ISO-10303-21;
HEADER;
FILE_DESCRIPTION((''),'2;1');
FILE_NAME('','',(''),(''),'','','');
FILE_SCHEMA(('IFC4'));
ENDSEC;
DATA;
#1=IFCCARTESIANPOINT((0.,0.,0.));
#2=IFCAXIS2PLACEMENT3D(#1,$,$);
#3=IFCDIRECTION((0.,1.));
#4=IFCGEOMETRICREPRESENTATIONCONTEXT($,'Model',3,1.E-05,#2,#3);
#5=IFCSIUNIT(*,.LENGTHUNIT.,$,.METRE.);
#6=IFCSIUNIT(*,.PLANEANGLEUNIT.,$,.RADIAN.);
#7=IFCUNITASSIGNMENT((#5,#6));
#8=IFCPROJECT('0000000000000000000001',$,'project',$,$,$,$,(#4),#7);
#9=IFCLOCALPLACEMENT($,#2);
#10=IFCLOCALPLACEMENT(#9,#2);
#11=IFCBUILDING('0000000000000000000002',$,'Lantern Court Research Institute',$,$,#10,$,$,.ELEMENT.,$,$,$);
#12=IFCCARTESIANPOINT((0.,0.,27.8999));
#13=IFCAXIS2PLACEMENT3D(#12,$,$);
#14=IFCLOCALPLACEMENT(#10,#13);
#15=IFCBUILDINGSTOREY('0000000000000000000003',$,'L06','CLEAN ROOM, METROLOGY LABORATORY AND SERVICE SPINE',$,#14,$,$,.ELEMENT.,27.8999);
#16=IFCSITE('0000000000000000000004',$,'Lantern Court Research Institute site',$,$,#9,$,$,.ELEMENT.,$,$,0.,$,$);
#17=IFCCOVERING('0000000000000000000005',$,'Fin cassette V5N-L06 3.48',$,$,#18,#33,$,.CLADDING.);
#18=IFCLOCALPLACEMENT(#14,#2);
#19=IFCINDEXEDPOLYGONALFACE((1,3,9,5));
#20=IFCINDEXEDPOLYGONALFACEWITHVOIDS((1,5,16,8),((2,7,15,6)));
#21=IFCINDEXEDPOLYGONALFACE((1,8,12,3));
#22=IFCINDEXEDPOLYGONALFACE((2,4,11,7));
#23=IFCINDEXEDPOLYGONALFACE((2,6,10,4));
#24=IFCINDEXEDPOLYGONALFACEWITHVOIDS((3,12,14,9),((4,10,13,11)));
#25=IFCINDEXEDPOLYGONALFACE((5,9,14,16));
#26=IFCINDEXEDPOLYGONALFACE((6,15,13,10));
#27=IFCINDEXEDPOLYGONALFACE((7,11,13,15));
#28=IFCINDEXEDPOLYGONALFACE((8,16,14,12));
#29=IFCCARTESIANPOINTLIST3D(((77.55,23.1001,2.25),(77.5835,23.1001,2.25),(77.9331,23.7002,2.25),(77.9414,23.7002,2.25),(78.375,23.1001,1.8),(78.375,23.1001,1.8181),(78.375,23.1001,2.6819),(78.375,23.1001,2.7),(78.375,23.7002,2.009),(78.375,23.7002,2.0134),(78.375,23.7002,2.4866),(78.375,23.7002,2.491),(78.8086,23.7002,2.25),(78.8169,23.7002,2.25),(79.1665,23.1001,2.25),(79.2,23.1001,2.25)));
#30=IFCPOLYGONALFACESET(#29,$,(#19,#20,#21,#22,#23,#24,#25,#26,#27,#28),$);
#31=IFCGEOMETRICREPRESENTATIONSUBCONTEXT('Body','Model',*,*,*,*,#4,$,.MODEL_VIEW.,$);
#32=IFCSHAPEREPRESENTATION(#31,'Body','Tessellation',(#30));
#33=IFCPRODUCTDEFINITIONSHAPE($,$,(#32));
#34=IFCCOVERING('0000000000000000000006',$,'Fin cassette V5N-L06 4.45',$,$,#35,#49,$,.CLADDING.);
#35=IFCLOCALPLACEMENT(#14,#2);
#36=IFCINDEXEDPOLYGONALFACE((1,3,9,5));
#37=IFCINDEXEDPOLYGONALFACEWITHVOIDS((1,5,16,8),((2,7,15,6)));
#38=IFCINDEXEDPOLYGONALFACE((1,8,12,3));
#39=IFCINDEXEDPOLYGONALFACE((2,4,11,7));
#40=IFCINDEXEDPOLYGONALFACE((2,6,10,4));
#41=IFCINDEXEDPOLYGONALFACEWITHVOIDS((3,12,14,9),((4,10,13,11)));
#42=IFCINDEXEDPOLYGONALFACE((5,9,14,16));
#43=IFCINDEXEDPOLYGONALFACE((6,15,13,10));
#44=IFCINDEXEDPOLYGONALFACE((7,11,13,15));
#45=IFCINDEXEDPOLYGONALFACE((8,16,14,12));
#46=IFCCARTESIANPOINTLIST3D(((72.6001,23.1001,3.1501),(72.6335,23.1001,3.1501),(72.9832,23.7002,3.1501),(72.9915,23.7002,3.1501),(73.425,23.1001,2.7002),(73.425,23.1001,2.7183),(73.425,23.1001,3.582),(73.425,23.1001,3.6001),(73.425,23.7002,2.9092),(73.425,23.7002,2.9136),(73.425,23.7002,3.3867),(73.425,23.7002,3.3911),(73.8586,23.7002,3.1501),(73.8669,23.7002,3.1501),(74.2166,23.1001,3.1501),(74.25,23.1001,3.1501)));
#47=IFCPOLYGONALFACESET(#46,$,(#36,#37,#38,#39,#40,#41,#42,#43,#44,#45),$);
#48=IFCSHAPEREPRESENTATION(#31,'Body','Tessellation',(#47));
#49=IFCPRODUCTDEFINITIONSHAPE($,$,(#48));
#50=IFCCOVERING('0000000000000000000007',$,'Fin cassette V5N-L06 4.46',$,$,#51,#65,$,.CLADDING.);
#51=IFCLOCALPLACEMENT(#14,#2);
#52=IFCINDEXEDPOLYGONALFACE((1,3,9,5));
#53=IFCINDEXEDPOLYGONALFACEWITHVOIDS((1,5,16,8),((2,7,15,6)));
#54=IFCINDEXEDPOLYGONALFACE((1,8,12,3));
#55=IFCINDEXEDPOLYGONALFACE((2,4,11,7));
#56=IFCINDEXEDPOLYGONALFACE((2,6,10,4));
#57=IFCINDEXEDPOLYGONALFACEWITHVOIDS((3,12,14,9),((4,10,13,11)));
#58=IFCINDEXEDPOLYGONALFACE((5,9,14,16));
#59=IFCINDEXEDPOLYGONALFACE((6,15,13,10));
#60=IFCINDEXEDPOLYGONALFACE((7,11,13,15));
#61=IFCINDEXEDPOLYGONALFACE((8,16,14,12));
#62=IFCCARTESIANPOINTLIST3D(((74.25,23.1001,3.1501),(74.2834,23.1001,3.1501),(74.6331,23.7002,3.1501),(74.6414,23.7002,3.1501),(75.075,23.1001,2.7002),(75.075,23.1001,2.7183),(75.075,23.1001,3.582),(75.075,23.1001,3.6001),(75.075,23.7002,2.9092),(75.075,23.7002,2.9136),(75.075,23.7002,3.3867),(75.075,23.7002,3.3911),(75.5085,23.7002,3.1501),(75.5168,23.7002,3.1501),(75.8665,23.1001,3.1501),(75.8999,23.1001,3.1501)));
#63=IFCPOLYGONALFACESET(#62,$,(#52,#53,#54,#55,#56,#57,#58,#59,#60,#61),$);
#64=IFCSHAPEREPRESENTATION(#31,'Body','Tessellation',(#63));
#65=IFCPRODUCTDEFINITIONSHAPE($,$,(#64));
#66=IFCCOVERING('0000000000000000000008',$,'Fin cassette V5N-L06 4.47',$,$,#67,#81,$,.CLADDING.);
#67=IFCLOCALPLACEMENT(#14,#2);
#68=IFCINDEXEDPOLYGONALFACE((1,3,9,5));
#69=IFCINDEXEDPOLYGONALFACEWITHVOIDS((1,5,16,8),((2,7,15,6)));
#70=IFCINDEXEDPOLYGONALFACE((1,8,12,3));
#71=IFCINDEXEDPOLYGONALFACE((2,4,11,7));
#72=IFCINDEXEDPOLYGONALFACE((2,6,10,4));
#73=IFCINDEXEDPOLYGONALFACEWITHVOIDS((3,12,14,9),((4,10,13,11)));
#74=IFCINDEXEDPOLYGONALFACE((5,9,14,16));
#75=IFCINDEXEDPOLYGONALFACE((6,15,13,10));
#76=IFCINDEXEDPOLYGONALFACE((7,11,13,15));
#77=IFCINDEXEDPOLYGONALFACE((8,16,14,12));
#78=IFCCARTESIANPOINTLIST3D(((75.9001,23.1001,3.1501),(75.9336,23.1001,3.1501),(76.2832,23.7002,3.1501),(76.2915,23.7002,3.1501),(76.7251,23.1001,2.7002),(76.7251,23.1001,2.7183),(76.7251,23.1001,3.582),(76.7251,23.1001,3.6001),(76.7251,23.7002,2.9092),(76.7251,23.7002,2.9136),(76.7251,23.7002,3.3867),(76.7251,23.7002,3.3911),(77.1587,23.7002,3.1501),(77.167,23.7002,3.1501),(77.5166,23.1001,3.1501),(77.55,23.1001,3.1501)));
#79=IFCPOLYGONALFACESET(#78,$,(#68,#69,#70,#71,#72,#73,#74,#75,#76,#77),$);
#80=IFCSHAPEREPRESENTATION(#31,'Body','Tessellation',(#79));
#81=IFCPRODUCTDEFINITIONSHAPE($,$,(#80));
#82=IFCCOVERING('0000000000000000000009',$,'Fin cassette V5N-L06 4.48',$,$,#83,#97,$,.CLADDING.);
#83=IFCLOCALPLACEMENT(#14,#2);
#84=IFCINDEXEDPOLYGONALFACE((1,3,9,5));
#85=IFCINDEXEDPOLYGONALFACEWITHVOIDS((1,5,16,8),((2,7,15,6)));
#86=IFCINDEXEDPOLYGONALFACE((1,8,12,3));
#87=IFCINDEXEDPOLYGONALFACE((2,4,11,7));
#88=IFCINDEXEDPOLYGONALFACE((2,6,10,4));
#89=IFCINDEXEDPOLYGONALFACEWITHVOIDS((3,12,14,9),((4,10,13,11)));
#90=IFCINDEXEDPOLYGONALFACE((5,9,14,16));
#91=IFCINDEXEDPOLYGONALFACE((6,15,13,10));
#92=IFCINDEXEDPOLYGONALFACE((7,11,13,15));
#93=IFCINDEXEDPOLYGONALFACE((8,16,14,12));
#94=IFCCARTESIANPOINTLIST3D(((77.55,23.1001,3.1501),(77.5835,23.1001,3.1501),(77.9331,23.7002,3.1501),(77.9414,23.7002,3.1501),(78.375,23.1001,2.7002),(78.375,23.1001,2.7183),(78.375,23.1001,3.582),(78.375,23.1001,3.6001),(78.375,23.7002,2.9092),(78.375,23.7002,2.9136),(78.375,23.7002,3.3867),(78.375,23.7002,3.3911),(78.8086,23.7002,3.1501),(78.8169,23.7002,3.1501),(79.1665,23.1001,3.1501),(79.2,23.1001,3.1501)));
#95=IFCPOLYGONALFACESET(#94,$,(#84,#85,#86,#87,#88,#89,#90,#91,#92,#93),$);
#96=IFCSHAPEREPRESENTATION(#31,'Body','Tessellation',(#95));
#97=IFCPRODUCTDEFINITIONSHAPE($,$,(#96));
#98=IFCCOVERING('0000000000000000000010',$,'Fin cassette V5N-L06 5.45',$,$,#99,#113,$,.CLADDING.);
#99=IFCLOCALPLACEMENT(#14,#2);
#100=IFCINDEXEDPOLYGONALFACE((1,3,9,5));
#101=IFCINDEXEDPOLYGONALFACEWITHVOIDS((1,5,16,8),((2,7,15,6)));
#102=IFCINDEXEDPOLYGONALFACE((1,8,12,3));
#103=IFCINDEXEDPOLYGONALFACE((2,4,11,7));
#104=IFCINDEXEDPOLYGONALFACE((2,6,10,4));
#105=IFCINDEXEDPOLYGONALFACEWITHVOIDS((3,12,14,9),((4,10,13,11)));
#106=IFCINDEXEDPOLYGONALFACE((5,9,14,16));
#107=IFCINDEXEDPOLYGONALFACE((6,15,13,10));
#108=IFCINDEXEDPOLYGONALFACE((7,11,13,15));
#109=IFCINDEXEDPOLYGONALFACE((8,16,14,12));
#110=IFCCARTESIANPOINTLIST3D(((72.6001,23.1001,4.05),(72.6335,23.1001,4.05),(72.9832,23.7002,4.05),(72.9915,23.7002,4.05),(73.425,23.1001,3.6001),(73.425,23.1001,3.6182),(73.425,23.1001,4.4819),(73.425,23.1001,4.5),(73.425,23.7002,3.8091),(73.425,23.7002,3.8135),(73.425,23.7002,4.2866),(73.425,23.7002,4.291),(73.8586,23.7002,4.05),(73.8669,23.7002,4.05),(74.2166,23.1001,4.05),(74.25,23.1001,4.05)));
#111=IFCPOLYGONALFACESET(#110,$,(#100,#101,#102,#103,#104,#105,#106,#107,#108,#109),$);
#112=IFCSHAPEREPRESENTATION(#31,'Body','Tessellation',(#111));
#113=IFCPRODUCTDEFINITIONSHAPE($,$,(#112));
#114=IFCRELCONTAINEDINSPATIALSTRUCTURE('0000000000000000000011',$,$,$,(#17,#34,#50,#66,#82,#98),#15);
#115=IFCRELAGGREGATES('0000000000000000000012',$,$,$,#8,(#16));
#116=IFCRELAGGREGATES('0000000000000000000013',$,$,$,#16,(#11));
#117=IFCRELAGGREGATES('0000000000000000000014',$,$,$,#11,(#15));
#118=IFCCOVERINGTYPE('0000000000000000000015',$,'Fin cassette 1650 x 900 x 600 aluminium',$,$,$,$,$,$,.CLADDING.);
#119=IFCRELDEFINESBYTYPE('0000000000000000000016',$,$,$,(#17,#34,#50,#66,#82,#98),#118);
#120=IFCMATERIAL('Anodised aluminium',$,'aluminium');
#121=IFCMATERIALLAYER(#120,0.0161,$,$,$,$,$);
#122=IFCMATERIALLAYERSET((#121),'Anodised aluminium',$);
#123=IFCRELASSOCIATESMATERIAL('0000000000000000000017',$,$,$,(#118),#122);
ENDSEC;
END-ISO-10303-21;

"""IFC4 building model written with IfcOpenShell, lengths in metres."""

from ifc_helpers import new_model, entity, si_unit, direction, frame, origin, place, context, subcontext, project, spatial, material, layer, layer_set, type_object, element, save


model = new_model("IFC4")

# Units and contexts
model_context = context("Model", 3, precision=1e-05, world=origin(), true_north=direction((0.0, 1.0)))
body_context = subcontext(model_context, "Body", "Model", "MODEL_VIEW")
ifc_project = project(units=[si_unit("LENGTHUNIT", "METRE"), si_unit("PLANEANGLEUNIT", "RADIAN")], contexts=[model_context])

# Site, building, storey
site_placement = place(None, origin())
site = spatial("IfcSite", under=ifc_project, at=site_placement, Name="Lantern Court Research Institute site", CompositionType="ELEMENT", RefElevation=0.0)
building_placement = place(site_placement, origin())
building = spatial("IfcBuilding", under=site, at=building_placement, Name="Lantern Court Research Institute", CompositionType="ELEMENT")
storey_placement = place(building_placement, frame((0.0, 0.0, 27.8999)))
storey = spatial("IfcBuildingStorey", under=building, at=storey_placement, Name="L06", Description="CLEAN ROOM, METROLOGY LABORATORY AND SERVICE SPINE", CompositionType="ELEMENT", Elevation=27.8999)

# Coverings
ifc_material_1 = material(Name="Anodised aluminium", Category="aluminium")
ifc_layer_1 = layer(ifc_material_1, 0.0161)
ifc_layer_set_1 = layer_set([ifc_layer_1], Name="Anodised aluminium")
covering_type = type_object("IfcCoveringType", Name="Fin cassette 1650 x 900 x 600 aluminium", PredefinedType="CLADDING", material=ifc_layer_set_1)
covering_1_placement = place(storey_placement, frame((78.375, 23.1001, 2.25), z_axis=(0.0, 1.0, 0.0), x_axis=(-1.0, 0.0, 0.0)))
cartesian_point_1 = entity("IfcCartesianPoint", [0.825, 0.0])
cartesian_point_2 = entity("IfcCartesianPoint", [0.7915, 0.0])
cartesian_point_3 = entity("IfcCartesianPoint", [0.4419, 0.0])
cartesian_point_4 = entity("IfcCartesianPoint", [0.4336, 0.0])
element("IfcCovering", 1, at=covering_1_placement, inside=storey, type_object=covering_type, Name="Fin cassette V5N-L06 3.48", PredefinedType="CLADDING", context=body_context, shape_type="SweptSolid", body=[
    entity("IfcExtrudedAreaSolidTapered", entity("IfcArbitraryProfileDefWithVoids", "AREA", None, entity("IfcPolyline", [cartesian_point_1, entity("IfcCartesianPoint", [0.0, 0.45]), entity("IfcCartesianPoint", [-0.825, 0.0]), entity("IfcCartesianPoint", [0.0, -0.45]), cartesian_point_1]), [entity("IfcPolyline", [cartesian_point_2, entity("IfcCartesianPoint", [0.0, 0.4319]), entity("IfcCartesianPoint", [-0.7915, 0.0]), entity("IfcCartesianPoint", [0.0, -0.4319]), cartesian_point_2])]), entity("IfcAxis2Placement3D", entity("IfcCartesianPoint", [0.0, 0.0, 0.0])), entity("IfcDirection", [0.0, 0.0, 1.0]), 0.6001, entity("IfcArbitraryProfileDefWithVoids", "AREA", None, entity("IfcPolyline", [cartesian_point_3, entity("IfcCartesianPoint", [0.0, 0.241]), entity("IfcCartesianPoint", [-0.4419, 0.0]), entity("IfcCartesianPoint", [0.0, -0.241]), cartesian_point_3]), [entity("IfcPolyline", [cartesian_point_4, entity("IfcCartesianPoint", [0.0, 0.2366]), entity("IfcCartesianPoint", [-0.4336, 0.0]), entity("IfcCartesianPoint", [0.0, -0.2366]), cartesian_point_4])])),
])
covering_2_placement = place(storey_placement, frame((73.425, 23.1001, 3.1501), z_axis=(0.0, 1.0, 0.0), x_axis=(-1.0, 0.0, 0.0)))
cartesian_point_5 = entity("IfcCartesianPoint", [0.825, 0.0])
cartesian_point_6 = entity("IfcCartesianPoint", [0.7915, 0.0])
cartesian_point_7 = entity("IfcCartesianPoint", [0.4419, 0.0])
cartesian_point_8 = entity("IfcCartesianPoint", [0.4336, 0.0])
element("IfcCovering", 2, at=covering_2_placement, inside=storey, type_object=covering_type, Name="Fin cassette V5N-L06 4.45", PredefinedType="CLADDING", context=body_context, shape_type="SweptSolid", body=[
    entity("IfcExtrudedAreaSolidTapered", entity("IfcArbitraryProfileDefWithVoids", "AREA", None, entity("IfcPolyline", [cartesian_point_5, entity("IfcCartesianPoint", [0.0, 0.45]), entity("IfcCartesianPoint", [-0.825, 0.0]), entity("IfcCartesianPoint", [0.0, -0.45]), cartesian_point_5]), [entity("IfcPolyline", [cartesian_point_6, entity("IfcCartesianPoint", [0.0, 0.4319]), entity("IfcCartesianPoint", [-0.7915, 0.0]), entity("IfcCartesianPoint", [0.0, -0.4319]), cartesian_point_6])]), entity("IfcAxis2Placement3D", entity("IfcCartesianPoint", [0.0, 0.0, 0.0])), entity("IfcDirection", [0.0, 0.0, 1.0]), 0.6001, entity("IfcArbitraryProfileDefWithVoids", "AREA", None, entity("IfcPolyline", [cartesian_point_7, entity("IfcCartesianPoint", [0.0, 0.241]), entity("IfcCartesianPoint", [-0.4419, 0.0]), entity("IfcCartesianPoint", [0.0, -0.241]), cartesian_point_7]), [entity("IfcPolyline", [cartesian_point_8, entity("IfcCartesianPoint", [0.0, 0.2366]), entity("IfcCartesianPoint", [-0.4336, 0.0]), entity("IfcCartesianPoint", [0.0, -0.2366]), cartesian_point_8])])),
])
covering_3_placement = place(storey_placement, frame((75.075, 23.1001, 3.1501), z_axis=(0.0, 1.0, 0.0), x_axis=(-1.0, 0.0, 0.0)))
cartesian_point_9 = entity("IfcCartesianPoint", [0.825, 0.0])
cartesian_point_10 = entity("IfcCartesianPoint", [0.7915, 0.0])
cartesian_point_11 = entity("IfcCartesianPoint", [0.4419, 0.0])
cartesian_point_12 = entity("IfcCartesianPoint", [0.4336, 0.0])
element("IfcCovering", 3, at=covering_3_placement, inside=storey, type_object=covering_type, Name="Fin cassette V5N-L06 4.46", PredefinedType="CLADDING", context=body_context, shape_type="SweptSolid", body=[
    entity("IfcExtrudedAreaSolidTapered", entity("IfcArbitraryProfileDefWithVoids", "AREA", None, entity("IfcPolyline", [cartesian_point_9, entity("IfcCartesianPoint", [0.0, 0.45]), entity("IfcCartesianPoint", [-0.825, 0.0]), entity("IfcCartesianPoint", [0.0, -0.45]), cartesian_point_9]), [entity("IfcPolyline", [cartesian_point_10, entity("IfcCartesianPoint", [0.0, 0.4319]), entity("IfcCartesianPoint", [-0.7915, 0.0]), entity("IfcCartesianPoint", [0.0, -0.4319]), cartesian_point_10])]), entity("IfcAxis2Placement3D", entity("IfcCartesianPoint", [0.0, 0.0, 0.0])), entity("IfcDirection", [0.0, 0.0, 1.0]), 0.6001, entity("IfcArbitraryProfileDefWithVoids", "AREA", None, entity("IfcPolyline", [cartesian_point_11, entity("IfcCartesianPoint", [0.0, 0.241]), entity("IfcCartesianPoint", [-0.4419, 0.0]), entity("IfcCartesianPoint", [0.0, -0.241]), cartesian_point_11]), [entity("IfcPolyline", [cartesian_point_12, entity("IfcCartesianPoint", [0.0, 0.2366]), entity("IfcCartesianPoint", [-0.4336, 0.0]), entity("IfcCartesianPoint", [0.0, -0.2366]), cartesian_point_12])])),
])
covering_4_placement = place(storey_placement, frame((76.7251, 23.1001, 3.1501), z_axis=(0.0, 1.0, 0.0), x_axis=(-1.0, 0.0, 0.0)))
cartesian_point_13 = entity("IfcCartesianPoint", [0.825, 0.0])
cartesian_point_14 = entity("IfcCartesianPoint", [0.7915, 0.0])
cartesian_point_15 = entity("IfcCartesianPoint", [0.4419, 0.0])
cartesian_point_16 = entity("IfcCartesianPoint", [0.4336, 0.0])
element("IfcCovering", 4, at=covering_4_placement, inside=storey, type_object=covering_type, Name="Fin cassette V5N-L06 4.47", PredefinedType="CLADDING", context=body_context, shape_type="SweptSolid", body=[
    entity("IfcExtrudedAreaSolidTapered", entity("IfcArbitraryProfileDefWithVoids", "AREA", None, entity("IfcPolyline", [cartesian_point_13, entity("IfcCartesianPoint", [0.0, 0.45]), entity("IfcCartesianPoint", [-0.825, 0.0]), entity("IfcCartesianPoint", [0.0, -0.45]), cartesian_point_13]), [entity("IfcPolyline", [cartesian_point_14, entity("IfcCartesianPoint", [0.0, 0.4319]), entity("IfcCartesianPoint", [-0.7915, 0.0]), entity("IfcCartesianPoint", [0.0, -0.4319]), cartesian_point_14])]), entity("IfcAxis2Placement3D", entity("IfcCartesianPoint", [0.0, 0.0, 0.0])), entity("IfcDirection", [0.0, 0.0, 1.0]), 0.6001, entity("IfcArbitraryProfileDefWithVoids", "AREA", None, entity("IfcPolyline", [cartesian_point_15, entity("IfcCartesianPoint", [0.0, 0.241]), entity("IfcCartesianPoint", [-0.4419, 0.0]), entity("IfcCartesianPoint", [0.0, -0.241]), cartesian_point_15]), [entity("IfcPolyline", [cartesian_point_16, entity("IfcCartesianPoint", [0.0, 0.2366]), entity("IfcCartesianPoint", [-0.4336, 0.0]), entity("IfcCartesianPoint", [0.0, -0.2366]), cartesian_point_16])])),
])
covering_5_placement = place(storey_placement, frame((78.375, 23.1001, 3.1501), z_axis=(0.0, 1.0, 0.0), x_axis=(-1.0, 0.0, 0.0)))
cartesian_point_17 = entity("IfcCartesianPoint", [0.825, 0.0])
cartesian_point_18 = entity("IfcCartesianPoint", [0.7915, 0.0])
cartesian_point_19 = entity("IfcCartesianPoint", [0.4419, 0.0])
cartesian_point_20 = entity("IfcCartesianPoint", [0.4336, 0.0])
element("IfcCovering", 5, at=covering_5_placement, inside=storey, type_object=covering_type, Name="Fin cassette V5N-L06 4.48", PredefinedType="CLADDING", context=body_context, shape_type="SweptSolid", body=[
    entity("IfcExtrudedAreaSolidTapered", entity("IfcArbitraryProfileDefWithVoids", "AREA", None, entity("IfcPolyline", [cartesian_point_17, entity("IfcCartesianPoint", [0.0, 0.45]), entity("IfcCartesianPoint", [-0.825, 0.0]), entity("IfcCartesianPoint", [0.0, -0.45]), cartesian_point_17]), [entity("IfcPolyline", [cartesian_point_18, entity("IfcCartesianPoint", [0.0, 0.4319]), entity("IfcCartesianPoint", [-0.7915, 0.0]), entity("IfcCartesianPoint", [0.0, -0.4319]), cartesian_point_18])]), entity("IfcAxis2Placement3D", entity("IfcCartesianPoint", [0.0, 0.0, 0.0])), entity("IfcDirection", [0.0, 0.0, 1.0]), 0.6001, entity("IfcArbitraryProfileDefWithVoids", "AREA", None, entity("IfcPolyline", [cartesian_point_19, entity("IfcCartesianPoint", [0.0, 0.241]), entity("IfcCartesianPoint", [-0.4419, 0.0]), entity("IfcCartesianPoint", [0.0, -0.241]), cartesian_point_19]), [entity("IfcPolyline", [cartesian_point_20, entity("IfcCartesianPoint", [0.0, 0.2366]), entity("IfcCartesianPoint", [-0.4336, 0.0]), entity("IfcCartesianPoint", [0.0, -0.2366]), cartesian_point_20])])),
])
covering_6_placement = place(storey_placement, frame((73.425, 23.1001, 4.05), z_axis=(0.0, 1.0, 0.0), x_axis=(-1.0, 0.0, 0.0)))
cartesian_point_21 = entity("IfcCartesianPoint", [0.825, 0.0])
cartesian_point_22 = entity("IfcCartesianPoint", [0.7915, 0.0])
cartesian_point_23 = entity("IfcCartesianPoint", [0.4419, 0.0])
cartesian_point_24 = entity("IfcCartesianPoint", [0.4336, 0.0])
element("IfcCovering", 6, at=covering_6_placement, inside=storey, type_object=covering_type, Name="Fin cassette V5N-L06 5.45", PredefinedType="CLADDING", context=body_context, shape_type="SweptSolid", body=[
    entity("IfcExtrudedAreaSolidTapered", entity("IfcArbitraryProfileDefWithVoids", "AREA", None, entity("IfcPolyline", [cartesian_point_21, entity("IfcCartesianPoint", [0.0, 0.45]), entity("IfcCartesianPoint", [-0.825, 0.0]), entity("IfcCartesianPoint", [0.0, -0.45]), cartesian_point_21]), [entity("IfcPolyline", [cartesian_point_22, entity("IfcCartesianPoint", [0.0, 0.4319]), entity("IfcCartesianPoint", [-0.7915, 0.0]), entity("IfcCartesianPoint", [0.0, -0.4319]), cartesian_point_22])]), entity("IfcAxis2Placement3D", entity("IfcCartesianPoint", [0.0, 0.0, 0.0])), entity("IfcDirection", [0.0, 0.0, 1.0]), 0.6001, entity("IfcArbitraryProfileDefWithVoids", "AREA", None, entity("IfcPolyline", [cartesian_point_23, entity("IfcCartesianPoint", [0.0, 0.241]), entity("IfcCartesianPoint", [-0.4419, 0.0]), entity("IfcCartesianPoint", [0.0, -0.241]), cartesian_point_23]), [entity("IfcPolyline", [cartesian_point_24, entity("IfcCartesianPoint", [0.0, 0.2366]), entity("IfcCartesianPoint", [-0.4336, 0.0]), entity("IfcCartesianPoint", [0.0, -0.2366]), cartesian_point_24])])),
])

save(model, "model.ifc")
